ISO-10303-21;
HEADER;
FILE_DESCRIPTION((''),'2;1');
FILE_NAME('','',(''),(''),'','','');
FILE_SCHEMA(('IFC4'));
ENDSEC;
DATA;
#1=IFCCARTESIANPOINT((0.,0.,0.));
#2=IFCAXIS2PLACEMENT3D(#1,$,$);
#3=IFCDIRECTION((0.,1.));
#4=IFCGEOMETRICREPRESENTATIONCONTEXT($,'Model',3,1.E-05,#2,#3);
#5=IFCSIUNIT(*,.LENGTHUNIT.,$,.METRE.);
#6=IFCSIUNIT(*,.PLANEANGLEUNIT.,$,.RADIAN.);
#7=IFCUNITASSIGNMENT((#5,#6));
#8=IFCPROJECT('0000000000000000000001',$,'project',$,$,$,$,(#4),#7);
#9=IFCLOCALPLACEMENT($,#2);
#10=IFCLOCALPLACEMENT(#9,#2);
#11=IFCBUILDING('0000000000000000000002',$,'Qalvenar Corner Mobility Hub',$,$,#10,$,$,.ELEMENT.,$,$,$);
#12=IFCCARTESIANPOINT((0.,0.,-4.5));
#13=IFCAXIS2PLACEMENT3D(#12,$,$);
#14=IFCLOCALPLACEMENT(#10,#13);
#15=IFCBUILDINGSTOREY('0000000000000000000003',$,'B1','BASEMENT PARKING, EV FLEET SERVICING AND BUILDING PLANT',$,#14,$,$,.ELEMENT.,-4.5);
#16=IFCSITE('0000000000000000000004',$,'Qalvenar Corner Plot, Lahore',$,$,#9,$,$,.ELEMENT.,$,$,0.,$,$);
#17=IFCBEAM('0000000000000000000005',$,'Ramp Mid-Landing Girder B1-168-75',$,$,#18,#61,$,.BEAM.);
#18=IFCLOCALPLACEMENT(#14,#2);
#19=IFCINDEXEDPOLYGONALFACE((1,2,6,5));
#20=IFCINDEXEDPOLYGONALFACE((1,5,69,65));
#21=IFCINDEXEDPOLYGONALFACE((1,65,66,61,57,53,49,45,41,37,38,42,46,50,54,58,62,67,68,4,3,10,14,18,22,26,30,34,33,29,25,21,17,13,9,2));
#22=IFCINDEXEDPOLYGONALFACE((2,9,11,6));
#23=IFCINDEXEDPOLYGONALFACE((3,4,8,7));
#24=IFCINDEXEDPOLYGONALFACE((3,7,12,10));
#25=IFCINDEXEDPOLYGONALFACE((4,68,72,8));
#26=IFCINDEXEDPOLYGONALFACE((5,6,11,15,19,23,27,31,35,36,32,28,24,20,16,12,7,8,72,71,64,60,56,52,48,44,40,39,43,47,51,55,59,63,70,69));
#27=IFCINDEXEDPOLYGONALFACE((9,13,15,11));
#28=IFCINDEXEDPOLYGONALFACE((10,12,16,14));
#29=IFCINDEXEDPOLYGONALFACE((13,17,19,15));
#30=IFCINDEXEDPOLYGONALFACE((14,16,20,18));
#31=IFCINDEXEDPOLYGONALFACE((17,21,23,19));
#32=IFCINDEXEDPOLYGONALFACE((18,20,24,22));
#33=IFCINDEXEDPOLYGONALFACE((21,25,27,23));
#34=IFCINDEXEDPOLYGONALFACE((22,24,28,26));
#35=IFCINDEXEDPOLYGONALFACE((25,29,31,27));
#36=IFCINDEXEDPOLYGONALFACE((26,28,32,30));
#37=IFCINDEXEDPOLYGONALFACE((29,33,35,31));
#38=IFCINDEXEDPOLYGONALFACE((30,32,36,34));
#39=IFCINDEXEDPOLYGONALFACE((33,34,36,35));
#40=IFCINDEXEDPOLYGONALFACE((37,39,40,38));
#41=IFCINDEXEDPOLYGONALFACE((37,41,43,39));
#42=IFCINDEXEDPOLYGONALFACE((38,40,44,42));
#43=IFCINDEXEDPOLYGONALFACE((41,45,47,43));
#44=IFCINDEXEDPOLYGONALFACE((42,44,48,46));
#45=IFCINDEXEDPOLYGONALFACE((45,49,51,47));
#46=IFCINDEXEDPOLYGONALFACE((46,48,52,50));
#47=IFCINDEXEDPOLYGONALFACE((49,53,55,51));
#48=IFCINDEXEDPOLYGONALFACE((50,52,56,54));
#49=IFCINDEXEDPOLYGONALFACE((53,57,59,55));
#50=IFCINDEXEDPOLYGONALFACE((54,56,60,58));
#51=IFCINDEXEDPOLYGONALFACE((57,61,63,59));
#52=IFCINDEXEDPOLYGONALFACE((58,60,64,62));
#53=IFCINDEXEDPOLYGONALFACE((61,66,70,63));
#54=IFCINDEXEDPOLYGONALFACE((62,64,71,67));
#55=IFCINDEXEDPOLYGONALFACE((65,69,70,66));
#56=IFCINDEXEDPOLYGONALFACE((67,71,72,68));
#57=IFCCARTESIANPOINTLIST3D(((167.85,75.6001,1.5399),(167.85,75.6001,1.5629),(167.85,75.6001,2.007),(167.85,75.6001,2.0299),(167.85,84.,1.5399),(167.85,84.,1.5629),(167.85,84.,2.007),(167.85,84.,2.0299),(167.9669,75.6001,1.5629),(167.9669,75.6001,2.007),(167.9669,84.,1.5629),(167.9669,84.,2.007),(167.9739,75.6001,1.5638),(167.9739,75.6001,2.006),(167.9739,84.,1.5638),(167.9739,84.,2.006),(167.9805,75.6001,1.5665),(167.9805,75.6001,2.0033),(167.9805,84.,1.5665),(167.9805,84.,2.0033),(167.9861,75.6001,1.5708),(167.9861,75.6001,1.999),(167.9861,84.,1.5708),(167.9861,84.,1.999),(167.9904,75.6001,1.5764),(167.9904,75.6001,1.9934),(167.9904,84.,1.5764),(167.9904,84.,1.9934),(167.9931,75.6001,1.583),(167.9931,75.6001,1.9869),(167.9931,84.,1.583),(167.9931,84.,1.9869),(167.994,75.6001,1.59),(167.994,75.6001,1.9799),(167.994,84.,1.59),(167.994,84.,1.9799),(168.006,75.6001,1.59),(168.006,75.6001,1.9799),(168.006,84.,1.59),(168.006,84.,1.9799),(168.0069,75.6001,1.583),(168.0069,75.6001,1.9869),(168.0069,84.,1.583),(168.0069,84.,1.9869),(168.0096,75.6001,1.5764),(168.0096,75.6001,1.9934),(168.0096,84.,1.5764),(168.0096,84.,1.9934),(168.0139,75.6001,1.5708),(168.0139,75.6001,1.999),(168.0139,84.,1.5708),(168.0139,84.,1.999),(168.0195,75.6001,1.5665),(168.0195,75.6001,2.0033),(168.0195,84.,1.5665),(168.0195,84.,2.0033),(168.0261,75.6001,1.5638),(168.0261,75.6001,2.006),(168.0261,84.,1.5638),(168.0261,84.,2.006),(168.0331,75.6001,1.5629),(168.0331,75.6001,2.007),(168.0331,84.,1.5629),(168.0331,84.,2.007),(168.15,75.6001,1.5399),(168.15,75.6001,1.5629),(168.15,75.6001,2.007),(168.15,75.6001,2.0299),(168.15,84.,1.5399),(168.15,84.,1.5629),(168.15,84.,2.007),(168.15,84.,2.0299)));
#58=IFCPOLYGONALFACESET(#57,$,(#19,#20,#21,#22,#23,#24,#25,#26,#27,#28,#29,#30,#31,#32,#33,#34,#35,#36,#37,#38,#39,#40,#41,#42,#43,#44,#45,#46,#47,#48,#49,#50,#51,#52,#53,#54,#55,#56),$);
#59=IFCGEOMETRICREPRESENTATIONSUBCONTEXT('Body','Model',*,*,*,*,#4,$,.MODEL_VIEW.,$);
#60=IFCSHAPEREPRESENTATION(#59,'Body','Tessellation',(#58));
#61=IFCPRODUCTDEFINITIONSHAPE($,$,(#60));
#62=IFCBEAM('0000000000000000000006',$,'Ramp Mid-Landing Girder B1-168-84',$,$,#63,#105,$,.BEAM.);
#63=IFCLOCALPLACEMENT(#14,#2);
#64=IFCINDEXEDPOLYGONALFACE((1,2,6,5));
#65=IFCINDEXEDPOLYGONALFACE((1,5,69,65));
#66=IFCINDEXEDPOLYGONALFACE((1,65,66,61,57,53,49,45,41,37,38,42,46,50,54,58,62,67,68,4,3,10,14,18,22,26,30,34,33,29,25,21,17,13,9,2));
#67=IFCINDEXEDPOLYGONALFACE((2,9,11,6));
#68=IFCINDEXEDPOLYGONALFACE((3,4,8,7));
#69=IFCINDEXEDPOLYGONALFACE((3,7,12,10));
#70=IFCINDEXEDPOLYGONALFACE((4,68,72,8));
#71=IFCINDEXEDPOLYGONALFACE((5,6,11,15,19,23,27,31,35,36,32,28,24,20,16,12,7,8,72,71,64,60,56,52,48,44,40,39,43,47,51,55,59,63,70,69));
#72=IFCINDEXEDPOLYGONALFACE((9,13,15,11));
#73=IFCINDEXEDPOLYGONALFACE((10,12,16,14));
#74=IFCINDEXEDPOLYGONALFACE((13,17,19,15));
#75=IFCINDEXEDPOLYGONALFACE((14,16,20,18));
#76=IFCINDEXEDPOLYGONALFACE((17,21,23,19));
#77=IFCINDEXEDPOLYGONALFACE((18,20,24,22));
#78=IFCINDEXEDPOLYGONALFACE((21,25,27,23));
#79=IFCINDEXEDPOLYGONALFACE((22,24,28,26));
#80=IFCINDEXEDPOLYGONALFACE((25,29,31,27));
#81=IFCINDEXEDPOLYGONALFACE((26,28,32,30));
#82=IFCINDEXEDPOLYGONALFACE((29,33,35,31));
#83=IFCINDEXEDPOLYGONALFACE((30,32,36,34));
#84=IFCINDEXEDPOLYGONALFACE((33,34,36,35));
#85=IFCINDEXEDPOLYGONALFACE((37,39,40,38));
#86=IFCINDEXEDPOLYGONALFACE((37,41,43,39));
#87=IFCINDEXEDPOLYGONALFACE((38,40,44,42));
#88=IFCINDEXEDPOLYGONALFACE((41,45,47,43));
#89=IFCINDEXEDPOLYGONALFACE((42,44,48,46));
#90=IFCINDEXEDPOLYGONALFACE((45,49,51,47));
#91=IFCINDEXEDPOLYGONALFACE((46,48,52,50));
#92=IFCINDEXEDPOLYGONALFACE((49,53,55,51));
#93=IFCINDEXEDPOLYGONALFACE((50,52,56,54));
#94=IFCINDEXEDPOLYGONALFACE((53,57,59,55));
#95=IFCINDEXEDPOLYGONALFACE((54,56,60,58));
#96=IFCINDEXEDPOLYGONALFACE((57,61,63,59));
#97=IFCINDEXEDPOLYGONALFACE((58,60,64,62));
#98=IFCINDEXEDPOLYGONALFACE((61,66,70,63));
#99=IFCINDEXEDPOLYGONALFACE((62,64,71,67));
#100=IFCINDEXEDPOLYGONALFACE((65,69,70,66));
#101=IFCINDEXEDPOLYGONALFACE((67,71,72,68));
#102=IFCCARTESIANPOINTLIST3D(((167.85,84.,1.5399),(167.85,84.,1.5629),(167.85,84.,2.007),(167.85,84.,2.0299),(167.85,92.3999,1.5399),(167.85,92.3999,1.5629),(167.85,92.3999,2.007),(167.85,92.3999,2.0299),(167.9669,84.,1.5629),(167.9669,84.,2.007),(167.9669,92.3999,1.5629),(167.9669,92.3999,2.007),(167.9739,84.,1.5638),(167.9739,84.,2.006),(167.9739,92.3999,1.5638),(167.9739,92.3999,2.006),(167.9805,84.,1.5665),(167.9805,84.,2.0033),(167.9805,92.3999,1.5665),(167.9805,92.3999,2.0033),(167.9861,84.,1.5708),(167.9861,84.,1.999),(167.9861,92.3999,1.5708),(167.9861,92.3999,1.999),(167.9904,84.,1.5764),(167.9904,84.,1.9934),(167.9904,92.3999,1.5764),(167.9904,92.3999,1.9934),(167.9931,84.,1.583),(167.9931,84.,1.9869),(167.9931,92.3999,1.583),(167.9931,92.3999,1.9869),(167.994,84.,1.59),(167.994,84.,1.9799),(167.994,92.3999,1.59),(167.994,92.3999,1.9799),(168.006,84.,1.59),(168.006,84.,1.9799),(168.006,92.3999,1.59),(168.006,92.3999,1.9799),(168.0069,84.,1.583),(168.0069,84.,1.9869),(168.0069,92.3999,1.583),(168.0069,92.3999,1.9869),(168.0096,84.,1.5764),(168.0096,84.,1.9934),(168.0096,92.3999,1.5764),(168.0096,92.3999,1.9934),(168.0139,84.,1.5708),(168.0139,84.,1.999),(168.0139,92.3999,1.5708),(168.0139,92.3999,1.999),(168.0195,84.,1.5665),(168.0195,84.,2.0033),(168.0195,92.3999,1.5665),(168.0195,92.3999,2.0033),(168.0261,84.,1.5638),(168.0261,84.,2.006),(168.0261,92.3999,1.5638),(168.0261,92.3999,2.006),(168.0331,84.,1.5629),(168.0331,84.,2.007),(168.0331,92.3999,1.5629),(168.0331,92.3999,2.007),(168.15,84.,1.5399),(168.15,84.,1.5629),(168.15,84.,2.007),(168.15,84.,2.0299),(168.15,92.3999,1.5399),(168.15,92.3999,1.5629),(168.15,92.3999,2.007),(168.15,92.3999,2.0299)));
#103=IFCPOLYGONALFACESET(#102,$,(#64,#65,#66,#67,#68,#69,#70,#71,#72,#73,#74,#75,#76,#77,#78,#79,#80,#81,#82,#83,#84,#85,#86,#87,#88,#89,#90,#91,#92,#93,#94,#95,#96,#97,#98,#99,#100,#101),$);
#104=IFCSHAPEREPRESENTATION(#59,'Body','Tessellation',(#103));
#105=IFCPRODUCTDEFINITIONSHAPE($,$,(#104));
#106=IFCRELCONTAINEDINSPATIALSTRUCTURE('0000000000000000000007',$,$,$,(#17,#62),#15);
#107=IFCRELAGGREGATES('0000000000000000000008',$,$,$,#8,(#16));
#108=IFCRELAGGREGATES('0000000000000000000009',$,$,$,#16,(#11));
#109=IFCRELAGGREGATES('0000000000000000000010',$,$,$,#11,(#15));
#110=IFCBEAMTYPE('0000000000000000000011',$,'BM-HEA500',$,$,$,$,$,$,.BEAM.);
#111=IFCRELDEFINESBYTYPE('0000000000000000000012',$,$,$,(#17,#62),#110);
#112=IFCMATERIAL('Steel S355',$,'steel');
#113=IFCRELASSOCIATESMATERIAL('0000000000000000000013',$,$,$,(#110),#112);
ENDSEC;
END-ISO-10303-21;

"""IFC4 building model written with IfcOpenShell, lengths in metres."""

from ifc_helpers import new_model, si_unit, direction, frame, origin, origin_2d, place, context, subcontext, project, spatial, i_section, extrude, material, material_profile, profile_set, type_object, element, save


model = new_model("IFC4")

# Units and contexts
model_context = context("Model", 3, precision=1e-05, world=origin(), true_north=direction((0.0, 1.0)))
body_context = subcontext(model_context, "Body", "Model", "MODEL_VIEW")
ifc_project = project(units=[si_unit("LENGTHUNIT", "METRE"), si_unit("PLANEANGLEUNIT", "RADIAN")], contexts=[model_context])

# Site, building, storey
site_placement = place(None, origin())
site = spatial("IfcSite", under=ifc_project, at=site_placement, Name="Qalvenar Corner Plot, Lahore", CompositionType="ELEMENT", RefElevation=0.0)
building_placement = place(site_placement, origin())
building = spatial("IfcBuilding", under=site, at=building_placement, Name="Qalvenar Corner Mobility Hub", CompositionType="ELEMENT")
storey_placement = place(building_placement, frame((0.0, 0.0, -4.5)))
storey = spatial("IfcBuildingStorey", under=building, at=storey_placement, Name="B1", Description="BASEMENT PARKING, EV FLEET SERVICING AND BUILDING PLANT", CompositionType="ELEMENT", Elevation=-4.5)

# Shared definitions
ifc_material_1 = material(Name="Steel S355", Category="steel")

# Beams
ifc_material_profile_1 = material_profile(ifc_material_1, i_section(OverallWidth=0.3, OverallDepth=0.49, WebThickness=0.012, FlangeThickness=0.0229, FilletRadius=0.0271, at=origin_2d()), Name="HEA500")
ifc_profile_set_1 = profile_set([ifc_material_profile_1], Name="Steel S355")
beam_type = type_object("IfcBeamType", Name="BM-HEA500", PredefinedType="BEAM", material=ifc_profile_set_1)
for number, where, z_axis, x_axis, name in (
    (1, (168.0, 75.6001, 1.7849), (0.0, 1.0, 0.0), (-1.0, 0.0, 0.0), "Ramp Mid-Landing Girder B1-168-75"),
    (2, (168.0, 84.0, 1.7849), (0.0, 1.0, 0.0), (-1.0, 0.0, 0.0), "Ramp Mid-Landing Girder B1-168-84"),
):
    element("IfcBeam", number, at=place(storey_placement, frame(where, z_axis=z_axis, x_axis=x_axis)), inside=storey, type_object=beam_type, Name=name, PredefinedType="BEAM", context=body_context, shape_type="SweptSolid", body=[
        extrude(i_section(OverallWidth=0.3, OverallDepth=0.49, WebThickness=0.012, FlangeThickness=0.0229, FilletRadius=0.0271, at=origin_2d()), origin(), (0.0, 0.0, 1.0), 8.3999),
    ])

save(model, "model.ifc")
